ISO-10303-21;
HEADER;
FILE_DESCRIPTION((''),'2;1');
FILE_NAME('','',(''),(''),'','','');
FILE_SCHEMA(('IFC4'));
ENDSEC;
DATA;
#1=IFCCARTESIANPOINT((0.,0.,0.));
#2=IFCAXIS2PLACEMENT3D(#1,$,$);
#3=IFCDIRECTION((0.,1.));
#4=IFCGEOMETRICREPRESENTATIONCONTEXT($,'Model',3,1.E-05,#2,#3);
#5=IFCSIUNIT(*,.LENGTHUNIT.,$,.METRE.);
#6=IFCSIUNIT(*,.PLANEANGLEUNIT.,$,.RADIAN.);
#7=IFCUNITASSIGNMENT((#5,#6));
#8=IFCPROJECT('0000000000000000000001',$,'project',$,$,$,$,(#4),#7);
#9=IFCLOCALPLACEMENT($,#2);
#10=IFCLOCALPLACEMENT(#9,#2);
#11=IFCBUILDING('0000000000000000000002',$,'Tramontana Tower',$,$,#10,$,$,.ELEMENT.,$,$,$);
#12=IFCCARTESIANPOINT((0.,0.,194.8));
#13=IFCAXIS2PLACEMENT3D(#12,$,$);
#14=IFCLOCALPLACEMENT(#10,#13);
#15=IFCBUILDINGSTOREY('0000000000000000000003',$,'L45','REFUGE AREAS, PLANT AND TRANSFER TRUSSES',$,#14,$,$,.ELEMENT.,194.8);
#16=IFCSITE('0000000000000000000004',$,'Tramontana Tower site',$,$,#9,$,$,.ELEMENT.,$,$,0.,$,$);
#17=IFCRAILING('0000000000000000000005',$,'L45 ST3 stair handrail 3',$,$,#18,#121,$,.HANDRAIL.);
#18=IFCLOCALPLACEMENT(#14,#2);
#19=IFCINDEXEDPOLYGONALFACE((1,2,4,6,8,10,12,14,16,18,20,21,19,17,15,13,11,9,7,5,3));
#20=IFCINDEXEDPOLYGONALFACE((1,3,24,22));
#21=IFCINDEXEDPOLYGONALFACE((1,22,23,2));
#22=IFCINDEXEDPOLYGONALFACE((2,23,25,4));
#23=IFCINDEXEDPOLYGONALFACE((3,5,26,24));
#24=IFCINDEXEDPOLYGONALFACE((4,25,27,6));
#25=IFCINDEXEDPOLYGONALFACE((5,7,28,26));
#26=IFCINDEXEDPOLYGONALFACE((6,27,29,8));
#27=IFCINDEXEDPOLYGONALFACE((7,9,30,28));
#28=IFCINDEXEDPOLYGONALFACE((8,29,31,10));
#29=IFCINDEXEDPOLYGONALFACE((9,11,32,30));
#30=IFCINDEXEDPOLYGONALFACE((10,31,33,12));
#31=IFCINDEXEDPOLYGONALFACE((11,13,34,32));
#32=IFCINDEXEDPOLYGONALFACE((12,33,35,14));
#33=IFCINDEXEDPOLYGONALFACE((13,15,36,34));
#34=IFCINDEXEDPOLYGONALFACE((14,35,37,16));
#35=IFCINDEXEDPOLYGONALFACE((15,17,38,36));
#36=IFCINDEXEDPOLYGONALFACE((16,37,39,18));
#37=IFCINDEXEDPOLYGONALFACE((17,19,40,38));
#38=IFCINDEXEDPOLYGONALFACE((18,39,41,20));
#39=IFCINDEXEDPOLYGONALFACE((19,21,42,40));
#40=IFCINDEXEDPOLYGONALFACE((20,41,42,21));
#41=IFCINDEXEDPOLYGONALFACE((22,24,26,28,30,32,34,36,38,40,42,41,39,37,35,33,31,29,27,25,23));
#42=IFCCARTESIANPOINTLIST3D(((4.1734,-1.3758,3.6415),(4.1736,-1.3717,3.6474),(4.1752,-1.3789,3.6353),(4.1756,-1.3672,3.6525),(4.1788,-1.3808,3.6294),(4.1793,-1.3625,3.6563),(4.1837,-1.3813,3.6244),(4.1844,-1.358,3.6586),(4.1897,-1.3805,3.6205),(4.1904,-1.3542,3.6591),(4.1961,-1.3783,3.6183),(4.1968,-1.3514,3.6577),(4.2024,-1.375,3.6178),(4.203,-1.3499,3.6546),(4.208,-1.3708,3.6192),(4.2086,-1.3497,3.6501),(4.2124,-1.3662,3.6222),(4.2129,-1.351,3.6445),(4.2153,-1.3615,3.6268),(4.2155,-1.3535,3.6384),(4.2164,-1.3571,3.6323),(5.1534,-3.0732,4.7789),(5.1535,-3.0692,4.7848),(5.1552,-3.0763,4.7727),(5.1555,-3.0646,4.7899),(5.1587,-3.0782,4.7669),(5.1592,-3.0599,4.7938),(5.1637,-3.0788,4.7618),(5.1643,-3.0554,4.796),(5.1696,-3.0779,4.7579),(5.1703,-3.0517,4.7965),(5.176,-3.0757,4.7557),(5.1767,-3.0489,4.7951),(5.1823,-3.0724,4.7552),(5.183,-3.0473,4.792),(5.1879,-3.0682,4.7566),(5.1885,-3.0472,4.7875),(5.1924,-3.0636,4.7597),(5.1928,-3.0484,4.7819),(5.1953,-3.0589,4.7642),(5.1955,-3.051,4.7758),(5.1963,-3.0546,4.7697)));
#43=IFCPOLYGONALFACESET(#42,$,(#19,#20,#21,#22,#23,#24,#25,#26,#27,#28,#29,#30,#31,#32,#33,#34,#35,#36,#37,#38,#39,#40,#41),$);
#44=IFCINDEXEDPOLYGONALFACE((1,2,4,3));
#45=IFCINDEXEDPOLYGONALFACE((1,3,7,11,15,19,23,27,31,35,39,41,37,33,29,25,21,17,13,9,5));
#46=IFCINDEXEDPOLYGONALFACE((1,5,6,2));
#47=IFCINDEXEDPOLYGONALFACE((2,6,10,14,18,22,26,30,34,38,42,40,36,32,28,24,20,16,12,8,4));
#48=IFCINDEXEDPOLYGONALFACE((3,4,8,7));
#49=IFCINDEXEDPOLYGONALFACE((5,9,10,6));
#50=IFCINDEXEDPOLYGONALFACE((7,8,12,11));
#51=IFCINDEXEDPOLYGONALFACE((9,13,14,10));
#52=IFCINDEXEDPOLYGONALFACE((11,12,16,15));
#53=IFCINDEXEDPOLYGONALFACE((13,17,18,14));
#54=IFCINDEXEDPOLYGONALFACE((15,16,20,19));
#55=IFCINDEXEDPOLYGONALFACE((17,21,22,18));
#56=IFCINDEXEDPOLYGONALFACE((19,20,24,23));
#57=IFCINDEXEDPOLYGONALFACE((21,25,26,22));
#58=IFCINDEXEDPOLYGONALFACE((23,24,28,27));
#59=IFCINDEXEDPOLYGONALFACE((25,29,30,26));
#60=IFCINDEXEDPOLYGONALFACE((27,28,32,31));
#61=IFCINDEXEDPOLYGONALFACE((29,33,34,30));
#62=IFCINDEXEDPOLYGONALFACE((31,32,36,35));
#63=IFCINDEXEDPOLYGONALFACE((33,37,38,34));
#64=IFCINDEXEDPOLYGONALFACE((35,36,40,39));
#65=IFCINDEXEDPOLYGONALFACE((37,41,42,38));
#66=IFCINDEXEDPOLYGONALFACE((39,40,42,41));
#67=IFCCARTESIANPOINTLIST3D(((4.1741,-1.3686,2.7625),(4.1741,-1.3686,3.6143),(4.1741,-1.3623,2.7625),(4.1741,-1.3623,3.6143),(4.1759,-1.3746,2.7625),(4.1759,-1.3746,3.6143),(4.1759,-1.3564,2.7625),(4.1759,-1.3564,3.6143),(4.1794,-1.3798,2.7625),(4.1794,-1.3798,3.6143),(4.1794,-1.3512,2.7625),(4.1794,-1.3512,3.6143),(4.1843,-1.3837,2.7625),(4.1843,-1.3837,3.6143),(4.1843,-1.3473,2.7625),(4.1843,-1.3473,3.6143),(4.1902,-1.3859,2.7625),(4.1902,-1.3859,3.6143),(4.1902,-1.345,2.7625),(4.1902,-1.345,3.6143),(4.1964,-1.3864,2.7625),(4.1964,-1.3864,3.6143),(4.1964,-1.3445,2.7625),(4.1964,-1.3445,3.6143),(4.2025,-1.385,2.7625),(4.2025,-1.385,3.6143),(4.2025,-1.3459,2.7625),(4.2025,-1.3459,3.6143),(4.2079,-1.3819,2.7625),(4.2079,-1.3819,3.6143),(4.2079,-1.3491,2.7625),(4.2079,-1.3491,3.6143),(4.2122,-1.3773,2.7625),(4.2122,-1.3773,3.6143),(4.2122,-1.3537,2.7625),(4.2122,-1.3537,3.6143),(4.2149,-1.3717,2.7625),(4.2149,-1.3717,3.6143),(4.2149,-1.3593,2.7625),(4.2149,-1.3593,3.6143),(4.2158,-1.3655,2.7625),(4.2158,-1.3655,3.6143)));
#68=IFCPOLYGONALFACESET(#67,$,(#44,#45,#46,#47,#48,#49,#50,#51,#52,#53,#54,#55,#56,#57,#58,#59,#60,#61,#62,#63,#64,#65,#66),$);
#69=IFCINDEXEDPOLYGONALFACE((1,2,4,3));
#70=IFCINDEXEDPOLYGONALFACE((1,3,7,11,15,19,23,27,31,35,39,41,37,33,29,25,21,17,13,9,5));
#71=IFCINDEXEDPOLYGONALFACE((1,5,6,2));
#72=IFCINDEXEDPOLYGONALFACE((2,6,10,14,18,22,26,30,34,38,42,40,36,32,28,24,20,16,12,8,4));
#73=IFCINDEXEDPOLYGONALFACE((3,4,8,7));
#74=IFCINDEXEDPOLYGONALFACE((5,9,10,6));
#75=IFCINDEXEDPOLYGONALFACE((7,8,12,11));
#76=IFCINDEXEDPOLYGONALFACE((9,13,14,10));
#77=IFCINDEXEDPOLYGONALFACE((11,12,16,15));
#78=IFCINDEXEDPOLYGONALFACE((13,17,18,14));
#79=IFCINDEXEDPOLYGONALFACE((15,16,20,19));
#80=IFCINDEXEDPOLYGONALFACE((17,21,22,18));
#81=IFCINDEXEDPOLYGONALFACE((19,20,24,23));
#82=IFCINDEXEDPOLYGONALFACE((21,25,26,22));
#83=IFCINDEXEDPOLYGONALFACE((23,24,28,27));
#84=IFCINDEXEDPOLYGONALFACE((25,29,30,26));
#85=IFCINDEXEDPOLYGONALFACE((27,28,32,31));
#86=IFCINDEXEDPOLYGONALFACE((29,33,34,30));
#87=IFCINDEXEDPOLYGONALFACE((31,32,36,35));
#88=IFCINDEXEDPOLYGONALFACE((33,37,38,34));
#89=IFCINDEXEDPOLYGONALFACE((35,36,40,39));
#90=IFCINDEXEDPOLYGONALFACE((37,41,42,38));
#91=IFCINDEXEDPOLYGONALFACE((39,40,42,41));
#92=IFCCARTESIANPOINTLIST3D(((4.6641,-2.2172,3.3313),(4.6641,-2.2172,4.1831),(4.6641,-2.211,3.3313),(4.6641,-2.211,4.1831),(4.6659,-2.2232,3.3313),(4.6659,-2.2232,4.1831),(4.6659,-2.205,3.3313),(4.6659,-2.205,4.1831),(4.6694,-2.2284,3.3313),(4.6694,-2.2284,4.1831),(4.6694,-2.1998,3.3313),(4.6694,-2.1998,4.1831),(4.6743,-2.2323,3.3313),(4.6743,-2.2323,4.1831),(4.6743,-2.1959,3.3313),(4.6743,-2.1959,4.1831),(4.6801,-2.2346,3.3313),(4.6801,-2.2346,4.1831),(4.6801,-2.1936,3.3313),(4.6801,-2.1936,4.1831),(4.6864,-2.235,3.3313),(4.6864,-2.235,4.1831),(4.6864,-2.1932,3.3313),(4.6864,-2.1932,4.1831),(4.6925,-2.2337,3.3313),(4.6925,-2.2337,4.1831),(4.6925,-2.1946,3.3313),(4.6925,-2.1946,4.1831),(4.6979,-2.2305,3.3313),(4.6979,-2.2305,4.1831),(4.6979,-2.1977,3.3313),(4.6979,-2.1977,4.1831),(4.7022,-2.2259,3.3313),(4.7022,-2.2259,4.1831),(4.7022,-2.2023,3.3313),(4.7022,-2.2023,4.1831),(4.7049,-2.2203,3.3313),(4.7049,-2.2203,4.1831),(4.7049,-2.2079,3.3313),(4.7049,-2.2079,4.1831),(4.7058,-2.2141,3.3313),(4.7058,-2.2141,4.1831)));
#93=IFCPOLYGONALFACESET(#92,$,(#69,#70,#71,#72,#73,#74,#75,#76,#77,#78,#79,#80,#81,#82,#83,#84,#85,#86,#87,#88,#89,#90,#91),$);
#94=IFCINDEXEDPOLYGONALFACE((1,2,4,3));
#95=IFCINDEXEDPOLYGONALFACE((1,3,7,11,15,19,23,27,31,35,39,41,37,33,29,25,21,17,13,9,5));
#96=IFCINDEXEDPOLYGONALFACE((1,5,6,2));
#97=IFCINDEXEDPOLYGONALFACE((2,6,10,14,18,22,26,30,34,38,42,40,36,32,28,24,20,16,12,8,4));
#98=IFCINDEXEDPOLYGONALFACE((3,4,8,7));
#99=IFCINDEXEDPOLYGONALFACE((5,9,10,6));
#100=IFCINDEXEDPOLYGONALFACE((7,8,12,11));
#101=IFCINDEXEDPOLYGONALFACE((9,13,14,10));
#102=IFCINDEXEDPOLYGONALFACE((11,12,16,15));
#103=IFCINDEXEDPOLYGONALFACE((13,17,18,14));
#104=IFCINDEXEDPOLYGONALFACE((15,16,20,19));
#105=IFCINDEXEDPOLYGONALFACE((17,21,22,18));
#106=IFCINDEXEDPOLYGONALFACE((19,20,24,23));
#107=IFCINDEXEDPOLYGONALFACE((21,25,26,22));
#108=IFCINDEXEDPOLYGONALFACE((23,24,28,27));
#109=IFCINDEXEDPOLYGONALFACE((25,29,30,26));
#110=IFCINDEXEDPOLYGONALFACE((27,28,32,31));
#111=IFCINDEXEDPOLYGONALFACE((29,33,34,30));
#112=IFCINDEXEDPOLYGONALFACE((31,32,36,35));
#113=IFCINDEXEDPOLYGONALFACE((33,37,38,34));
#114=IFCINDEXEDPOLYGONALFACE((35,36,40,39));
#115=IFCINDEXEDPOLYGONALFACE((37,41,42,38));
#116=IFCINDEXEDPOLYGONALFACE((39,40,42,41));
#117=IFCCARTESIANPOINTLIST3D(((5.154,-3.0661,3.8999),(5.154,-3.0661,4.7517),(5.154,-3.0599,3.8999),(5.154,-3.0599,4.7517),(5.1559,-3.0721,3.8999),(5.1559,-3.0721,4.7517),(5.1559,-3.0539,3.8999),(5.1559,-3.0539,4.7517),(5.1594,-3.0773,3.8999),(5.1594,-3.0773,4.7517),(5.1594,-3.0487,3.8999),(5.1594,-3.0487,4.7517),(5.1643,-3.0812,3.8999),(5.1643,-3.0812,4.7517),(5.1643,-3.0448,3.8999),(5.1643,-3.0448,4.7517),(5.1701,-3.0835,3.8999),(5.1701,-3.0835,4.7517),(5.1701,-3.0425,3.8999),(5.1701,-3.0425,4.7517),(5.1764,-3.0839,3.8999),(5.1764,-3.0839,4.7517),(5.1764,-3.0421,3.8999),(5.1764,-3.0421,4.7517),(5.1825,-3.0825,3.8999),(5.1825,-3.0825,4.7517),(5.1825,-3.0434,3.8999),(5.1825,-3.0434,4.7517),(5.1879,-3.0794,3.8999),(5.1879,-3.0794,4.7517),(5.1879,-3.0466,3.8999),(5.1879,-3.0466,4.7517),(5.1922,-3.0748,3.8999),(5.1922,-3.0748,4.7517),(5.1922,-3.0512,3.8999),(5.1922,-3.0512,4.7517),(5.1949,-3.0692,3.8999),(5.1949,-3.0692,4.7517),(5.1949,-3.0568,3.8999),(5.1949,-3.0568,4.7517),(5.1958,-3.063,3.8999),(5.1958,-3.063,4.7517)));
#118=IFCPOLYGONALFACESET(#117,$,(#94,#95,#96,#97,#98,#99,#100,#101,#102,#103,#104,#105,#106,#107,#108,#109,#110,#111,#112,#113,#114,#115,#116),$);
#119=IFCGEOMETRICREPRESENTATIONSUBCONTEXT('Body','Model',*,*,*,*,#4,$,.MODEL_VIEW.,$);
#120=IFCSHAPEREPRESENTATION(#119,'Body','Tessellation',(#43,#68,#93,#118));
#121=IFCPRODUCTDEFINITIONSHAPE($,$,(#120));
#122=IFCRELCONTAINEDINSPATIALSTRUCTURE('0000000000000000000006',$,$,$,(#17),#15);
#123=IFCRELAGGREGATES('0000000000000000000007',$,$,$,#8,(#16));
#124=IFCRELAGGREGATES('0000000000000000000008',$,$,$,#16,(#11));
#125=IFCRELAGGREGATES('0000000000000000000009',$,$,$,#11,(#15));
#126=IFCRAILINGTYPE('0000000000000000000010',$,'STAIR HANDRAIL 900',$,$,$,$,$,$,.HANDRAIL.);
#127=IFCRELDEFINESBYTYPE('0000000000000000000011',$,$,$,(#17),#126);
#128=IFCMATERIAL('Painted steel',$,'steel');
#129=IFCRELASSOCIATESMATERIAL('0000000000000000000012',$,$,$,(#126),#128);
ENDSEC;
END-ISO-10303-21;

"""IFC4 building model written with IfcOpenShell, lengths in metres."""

from ifc_helpers import new_model, si_unit, direction, frame, origin, origin_2d, place, context, subcontext, project, spatial, circle, extrude, material, type_object, element, save


model = new_model("IFC4")

# Units and contexts
model_context = context("Model", 3, precision=1e-05, world=origin(), true_north=direction((0.0, 1.0)))
body_context = subcontext(model_context, "Body", "Model", "MODEL_VIEW")
ifc_project = project(units=[si_unit("LENGTHUNIT", "METRE"), si_unit("PLANEANGLEUNIT", "RADIAN")], contexts=[model_context])

# Site, building, storey
site_placement = place(None, origin())
site = spatial("IfcSite", under=ifc_project, at=site_placement, Name="Tramontana Tower site", CompositionType="ELEMENT", RefElevation=0.0)
building_placement = place(site_placement, origin())
building = spatial("IfcBuilding", under=site, at=building_placement, Name="Tramontana Tower", CompositionType="ELEMENT")
storey_placement = place(building_placement, frame((0.0, 0.0, 194.8)))
storey = spatial("IfcBuildingStorey", under=building, at=storey_placement, Name="L45", Description="REFUGE AREAS, PLANT AND TRANSFER TRUSSES", CompositionType="ELEMENT", Elevation=194.8)

# Railing
ifc_material_1 = material(Name="Painted steel", Category="steel")
railing_type = type_object("IfcRailingType", Name="STAIR HANDRAIL 900", PredefinedType="HANDRAIL", material=ifc_material_1)
railing_1_placement = place(storey_placement, frame((4.1948, -1.3655, 2.7625)))
element("IfcRailing", 1, at=railing_1_placement, inside=storey, type_object=railing_type, Name="L45 ST3 stair handrail 3", PredefinedType="HANDRAIL", context=body_context, shape_type="SweptSolid", body=[
    extrude(circle(Radius=0.0239, at=origin_2d()), frame((0.0, 0.0, 0.876), z_axis=(0.432432, -0.749053, 0.501918), x_axis=(0.866042, 0.49997, 0.0)), (0.0, 0.0, 1.0), 2.2661),
    extrude(circle(Radius=0.021, at=origin_2d()), origin(), (0.0, 0.0, 1.0), 0.8518),
    extrude(circle(Radius=0.021, at=origin_2d()), frame((0.49, -0.8486, 0.5688)), (0.0, 0.0, 1.0), 0.8518),
    extrude(circle(Radius=0.021, at=origin_2d()), frame((0.98, -1.6975, 1.1375)), (0.0, 0.0, 1.0), 0.8518),
])

save(model, "model.ifc")
